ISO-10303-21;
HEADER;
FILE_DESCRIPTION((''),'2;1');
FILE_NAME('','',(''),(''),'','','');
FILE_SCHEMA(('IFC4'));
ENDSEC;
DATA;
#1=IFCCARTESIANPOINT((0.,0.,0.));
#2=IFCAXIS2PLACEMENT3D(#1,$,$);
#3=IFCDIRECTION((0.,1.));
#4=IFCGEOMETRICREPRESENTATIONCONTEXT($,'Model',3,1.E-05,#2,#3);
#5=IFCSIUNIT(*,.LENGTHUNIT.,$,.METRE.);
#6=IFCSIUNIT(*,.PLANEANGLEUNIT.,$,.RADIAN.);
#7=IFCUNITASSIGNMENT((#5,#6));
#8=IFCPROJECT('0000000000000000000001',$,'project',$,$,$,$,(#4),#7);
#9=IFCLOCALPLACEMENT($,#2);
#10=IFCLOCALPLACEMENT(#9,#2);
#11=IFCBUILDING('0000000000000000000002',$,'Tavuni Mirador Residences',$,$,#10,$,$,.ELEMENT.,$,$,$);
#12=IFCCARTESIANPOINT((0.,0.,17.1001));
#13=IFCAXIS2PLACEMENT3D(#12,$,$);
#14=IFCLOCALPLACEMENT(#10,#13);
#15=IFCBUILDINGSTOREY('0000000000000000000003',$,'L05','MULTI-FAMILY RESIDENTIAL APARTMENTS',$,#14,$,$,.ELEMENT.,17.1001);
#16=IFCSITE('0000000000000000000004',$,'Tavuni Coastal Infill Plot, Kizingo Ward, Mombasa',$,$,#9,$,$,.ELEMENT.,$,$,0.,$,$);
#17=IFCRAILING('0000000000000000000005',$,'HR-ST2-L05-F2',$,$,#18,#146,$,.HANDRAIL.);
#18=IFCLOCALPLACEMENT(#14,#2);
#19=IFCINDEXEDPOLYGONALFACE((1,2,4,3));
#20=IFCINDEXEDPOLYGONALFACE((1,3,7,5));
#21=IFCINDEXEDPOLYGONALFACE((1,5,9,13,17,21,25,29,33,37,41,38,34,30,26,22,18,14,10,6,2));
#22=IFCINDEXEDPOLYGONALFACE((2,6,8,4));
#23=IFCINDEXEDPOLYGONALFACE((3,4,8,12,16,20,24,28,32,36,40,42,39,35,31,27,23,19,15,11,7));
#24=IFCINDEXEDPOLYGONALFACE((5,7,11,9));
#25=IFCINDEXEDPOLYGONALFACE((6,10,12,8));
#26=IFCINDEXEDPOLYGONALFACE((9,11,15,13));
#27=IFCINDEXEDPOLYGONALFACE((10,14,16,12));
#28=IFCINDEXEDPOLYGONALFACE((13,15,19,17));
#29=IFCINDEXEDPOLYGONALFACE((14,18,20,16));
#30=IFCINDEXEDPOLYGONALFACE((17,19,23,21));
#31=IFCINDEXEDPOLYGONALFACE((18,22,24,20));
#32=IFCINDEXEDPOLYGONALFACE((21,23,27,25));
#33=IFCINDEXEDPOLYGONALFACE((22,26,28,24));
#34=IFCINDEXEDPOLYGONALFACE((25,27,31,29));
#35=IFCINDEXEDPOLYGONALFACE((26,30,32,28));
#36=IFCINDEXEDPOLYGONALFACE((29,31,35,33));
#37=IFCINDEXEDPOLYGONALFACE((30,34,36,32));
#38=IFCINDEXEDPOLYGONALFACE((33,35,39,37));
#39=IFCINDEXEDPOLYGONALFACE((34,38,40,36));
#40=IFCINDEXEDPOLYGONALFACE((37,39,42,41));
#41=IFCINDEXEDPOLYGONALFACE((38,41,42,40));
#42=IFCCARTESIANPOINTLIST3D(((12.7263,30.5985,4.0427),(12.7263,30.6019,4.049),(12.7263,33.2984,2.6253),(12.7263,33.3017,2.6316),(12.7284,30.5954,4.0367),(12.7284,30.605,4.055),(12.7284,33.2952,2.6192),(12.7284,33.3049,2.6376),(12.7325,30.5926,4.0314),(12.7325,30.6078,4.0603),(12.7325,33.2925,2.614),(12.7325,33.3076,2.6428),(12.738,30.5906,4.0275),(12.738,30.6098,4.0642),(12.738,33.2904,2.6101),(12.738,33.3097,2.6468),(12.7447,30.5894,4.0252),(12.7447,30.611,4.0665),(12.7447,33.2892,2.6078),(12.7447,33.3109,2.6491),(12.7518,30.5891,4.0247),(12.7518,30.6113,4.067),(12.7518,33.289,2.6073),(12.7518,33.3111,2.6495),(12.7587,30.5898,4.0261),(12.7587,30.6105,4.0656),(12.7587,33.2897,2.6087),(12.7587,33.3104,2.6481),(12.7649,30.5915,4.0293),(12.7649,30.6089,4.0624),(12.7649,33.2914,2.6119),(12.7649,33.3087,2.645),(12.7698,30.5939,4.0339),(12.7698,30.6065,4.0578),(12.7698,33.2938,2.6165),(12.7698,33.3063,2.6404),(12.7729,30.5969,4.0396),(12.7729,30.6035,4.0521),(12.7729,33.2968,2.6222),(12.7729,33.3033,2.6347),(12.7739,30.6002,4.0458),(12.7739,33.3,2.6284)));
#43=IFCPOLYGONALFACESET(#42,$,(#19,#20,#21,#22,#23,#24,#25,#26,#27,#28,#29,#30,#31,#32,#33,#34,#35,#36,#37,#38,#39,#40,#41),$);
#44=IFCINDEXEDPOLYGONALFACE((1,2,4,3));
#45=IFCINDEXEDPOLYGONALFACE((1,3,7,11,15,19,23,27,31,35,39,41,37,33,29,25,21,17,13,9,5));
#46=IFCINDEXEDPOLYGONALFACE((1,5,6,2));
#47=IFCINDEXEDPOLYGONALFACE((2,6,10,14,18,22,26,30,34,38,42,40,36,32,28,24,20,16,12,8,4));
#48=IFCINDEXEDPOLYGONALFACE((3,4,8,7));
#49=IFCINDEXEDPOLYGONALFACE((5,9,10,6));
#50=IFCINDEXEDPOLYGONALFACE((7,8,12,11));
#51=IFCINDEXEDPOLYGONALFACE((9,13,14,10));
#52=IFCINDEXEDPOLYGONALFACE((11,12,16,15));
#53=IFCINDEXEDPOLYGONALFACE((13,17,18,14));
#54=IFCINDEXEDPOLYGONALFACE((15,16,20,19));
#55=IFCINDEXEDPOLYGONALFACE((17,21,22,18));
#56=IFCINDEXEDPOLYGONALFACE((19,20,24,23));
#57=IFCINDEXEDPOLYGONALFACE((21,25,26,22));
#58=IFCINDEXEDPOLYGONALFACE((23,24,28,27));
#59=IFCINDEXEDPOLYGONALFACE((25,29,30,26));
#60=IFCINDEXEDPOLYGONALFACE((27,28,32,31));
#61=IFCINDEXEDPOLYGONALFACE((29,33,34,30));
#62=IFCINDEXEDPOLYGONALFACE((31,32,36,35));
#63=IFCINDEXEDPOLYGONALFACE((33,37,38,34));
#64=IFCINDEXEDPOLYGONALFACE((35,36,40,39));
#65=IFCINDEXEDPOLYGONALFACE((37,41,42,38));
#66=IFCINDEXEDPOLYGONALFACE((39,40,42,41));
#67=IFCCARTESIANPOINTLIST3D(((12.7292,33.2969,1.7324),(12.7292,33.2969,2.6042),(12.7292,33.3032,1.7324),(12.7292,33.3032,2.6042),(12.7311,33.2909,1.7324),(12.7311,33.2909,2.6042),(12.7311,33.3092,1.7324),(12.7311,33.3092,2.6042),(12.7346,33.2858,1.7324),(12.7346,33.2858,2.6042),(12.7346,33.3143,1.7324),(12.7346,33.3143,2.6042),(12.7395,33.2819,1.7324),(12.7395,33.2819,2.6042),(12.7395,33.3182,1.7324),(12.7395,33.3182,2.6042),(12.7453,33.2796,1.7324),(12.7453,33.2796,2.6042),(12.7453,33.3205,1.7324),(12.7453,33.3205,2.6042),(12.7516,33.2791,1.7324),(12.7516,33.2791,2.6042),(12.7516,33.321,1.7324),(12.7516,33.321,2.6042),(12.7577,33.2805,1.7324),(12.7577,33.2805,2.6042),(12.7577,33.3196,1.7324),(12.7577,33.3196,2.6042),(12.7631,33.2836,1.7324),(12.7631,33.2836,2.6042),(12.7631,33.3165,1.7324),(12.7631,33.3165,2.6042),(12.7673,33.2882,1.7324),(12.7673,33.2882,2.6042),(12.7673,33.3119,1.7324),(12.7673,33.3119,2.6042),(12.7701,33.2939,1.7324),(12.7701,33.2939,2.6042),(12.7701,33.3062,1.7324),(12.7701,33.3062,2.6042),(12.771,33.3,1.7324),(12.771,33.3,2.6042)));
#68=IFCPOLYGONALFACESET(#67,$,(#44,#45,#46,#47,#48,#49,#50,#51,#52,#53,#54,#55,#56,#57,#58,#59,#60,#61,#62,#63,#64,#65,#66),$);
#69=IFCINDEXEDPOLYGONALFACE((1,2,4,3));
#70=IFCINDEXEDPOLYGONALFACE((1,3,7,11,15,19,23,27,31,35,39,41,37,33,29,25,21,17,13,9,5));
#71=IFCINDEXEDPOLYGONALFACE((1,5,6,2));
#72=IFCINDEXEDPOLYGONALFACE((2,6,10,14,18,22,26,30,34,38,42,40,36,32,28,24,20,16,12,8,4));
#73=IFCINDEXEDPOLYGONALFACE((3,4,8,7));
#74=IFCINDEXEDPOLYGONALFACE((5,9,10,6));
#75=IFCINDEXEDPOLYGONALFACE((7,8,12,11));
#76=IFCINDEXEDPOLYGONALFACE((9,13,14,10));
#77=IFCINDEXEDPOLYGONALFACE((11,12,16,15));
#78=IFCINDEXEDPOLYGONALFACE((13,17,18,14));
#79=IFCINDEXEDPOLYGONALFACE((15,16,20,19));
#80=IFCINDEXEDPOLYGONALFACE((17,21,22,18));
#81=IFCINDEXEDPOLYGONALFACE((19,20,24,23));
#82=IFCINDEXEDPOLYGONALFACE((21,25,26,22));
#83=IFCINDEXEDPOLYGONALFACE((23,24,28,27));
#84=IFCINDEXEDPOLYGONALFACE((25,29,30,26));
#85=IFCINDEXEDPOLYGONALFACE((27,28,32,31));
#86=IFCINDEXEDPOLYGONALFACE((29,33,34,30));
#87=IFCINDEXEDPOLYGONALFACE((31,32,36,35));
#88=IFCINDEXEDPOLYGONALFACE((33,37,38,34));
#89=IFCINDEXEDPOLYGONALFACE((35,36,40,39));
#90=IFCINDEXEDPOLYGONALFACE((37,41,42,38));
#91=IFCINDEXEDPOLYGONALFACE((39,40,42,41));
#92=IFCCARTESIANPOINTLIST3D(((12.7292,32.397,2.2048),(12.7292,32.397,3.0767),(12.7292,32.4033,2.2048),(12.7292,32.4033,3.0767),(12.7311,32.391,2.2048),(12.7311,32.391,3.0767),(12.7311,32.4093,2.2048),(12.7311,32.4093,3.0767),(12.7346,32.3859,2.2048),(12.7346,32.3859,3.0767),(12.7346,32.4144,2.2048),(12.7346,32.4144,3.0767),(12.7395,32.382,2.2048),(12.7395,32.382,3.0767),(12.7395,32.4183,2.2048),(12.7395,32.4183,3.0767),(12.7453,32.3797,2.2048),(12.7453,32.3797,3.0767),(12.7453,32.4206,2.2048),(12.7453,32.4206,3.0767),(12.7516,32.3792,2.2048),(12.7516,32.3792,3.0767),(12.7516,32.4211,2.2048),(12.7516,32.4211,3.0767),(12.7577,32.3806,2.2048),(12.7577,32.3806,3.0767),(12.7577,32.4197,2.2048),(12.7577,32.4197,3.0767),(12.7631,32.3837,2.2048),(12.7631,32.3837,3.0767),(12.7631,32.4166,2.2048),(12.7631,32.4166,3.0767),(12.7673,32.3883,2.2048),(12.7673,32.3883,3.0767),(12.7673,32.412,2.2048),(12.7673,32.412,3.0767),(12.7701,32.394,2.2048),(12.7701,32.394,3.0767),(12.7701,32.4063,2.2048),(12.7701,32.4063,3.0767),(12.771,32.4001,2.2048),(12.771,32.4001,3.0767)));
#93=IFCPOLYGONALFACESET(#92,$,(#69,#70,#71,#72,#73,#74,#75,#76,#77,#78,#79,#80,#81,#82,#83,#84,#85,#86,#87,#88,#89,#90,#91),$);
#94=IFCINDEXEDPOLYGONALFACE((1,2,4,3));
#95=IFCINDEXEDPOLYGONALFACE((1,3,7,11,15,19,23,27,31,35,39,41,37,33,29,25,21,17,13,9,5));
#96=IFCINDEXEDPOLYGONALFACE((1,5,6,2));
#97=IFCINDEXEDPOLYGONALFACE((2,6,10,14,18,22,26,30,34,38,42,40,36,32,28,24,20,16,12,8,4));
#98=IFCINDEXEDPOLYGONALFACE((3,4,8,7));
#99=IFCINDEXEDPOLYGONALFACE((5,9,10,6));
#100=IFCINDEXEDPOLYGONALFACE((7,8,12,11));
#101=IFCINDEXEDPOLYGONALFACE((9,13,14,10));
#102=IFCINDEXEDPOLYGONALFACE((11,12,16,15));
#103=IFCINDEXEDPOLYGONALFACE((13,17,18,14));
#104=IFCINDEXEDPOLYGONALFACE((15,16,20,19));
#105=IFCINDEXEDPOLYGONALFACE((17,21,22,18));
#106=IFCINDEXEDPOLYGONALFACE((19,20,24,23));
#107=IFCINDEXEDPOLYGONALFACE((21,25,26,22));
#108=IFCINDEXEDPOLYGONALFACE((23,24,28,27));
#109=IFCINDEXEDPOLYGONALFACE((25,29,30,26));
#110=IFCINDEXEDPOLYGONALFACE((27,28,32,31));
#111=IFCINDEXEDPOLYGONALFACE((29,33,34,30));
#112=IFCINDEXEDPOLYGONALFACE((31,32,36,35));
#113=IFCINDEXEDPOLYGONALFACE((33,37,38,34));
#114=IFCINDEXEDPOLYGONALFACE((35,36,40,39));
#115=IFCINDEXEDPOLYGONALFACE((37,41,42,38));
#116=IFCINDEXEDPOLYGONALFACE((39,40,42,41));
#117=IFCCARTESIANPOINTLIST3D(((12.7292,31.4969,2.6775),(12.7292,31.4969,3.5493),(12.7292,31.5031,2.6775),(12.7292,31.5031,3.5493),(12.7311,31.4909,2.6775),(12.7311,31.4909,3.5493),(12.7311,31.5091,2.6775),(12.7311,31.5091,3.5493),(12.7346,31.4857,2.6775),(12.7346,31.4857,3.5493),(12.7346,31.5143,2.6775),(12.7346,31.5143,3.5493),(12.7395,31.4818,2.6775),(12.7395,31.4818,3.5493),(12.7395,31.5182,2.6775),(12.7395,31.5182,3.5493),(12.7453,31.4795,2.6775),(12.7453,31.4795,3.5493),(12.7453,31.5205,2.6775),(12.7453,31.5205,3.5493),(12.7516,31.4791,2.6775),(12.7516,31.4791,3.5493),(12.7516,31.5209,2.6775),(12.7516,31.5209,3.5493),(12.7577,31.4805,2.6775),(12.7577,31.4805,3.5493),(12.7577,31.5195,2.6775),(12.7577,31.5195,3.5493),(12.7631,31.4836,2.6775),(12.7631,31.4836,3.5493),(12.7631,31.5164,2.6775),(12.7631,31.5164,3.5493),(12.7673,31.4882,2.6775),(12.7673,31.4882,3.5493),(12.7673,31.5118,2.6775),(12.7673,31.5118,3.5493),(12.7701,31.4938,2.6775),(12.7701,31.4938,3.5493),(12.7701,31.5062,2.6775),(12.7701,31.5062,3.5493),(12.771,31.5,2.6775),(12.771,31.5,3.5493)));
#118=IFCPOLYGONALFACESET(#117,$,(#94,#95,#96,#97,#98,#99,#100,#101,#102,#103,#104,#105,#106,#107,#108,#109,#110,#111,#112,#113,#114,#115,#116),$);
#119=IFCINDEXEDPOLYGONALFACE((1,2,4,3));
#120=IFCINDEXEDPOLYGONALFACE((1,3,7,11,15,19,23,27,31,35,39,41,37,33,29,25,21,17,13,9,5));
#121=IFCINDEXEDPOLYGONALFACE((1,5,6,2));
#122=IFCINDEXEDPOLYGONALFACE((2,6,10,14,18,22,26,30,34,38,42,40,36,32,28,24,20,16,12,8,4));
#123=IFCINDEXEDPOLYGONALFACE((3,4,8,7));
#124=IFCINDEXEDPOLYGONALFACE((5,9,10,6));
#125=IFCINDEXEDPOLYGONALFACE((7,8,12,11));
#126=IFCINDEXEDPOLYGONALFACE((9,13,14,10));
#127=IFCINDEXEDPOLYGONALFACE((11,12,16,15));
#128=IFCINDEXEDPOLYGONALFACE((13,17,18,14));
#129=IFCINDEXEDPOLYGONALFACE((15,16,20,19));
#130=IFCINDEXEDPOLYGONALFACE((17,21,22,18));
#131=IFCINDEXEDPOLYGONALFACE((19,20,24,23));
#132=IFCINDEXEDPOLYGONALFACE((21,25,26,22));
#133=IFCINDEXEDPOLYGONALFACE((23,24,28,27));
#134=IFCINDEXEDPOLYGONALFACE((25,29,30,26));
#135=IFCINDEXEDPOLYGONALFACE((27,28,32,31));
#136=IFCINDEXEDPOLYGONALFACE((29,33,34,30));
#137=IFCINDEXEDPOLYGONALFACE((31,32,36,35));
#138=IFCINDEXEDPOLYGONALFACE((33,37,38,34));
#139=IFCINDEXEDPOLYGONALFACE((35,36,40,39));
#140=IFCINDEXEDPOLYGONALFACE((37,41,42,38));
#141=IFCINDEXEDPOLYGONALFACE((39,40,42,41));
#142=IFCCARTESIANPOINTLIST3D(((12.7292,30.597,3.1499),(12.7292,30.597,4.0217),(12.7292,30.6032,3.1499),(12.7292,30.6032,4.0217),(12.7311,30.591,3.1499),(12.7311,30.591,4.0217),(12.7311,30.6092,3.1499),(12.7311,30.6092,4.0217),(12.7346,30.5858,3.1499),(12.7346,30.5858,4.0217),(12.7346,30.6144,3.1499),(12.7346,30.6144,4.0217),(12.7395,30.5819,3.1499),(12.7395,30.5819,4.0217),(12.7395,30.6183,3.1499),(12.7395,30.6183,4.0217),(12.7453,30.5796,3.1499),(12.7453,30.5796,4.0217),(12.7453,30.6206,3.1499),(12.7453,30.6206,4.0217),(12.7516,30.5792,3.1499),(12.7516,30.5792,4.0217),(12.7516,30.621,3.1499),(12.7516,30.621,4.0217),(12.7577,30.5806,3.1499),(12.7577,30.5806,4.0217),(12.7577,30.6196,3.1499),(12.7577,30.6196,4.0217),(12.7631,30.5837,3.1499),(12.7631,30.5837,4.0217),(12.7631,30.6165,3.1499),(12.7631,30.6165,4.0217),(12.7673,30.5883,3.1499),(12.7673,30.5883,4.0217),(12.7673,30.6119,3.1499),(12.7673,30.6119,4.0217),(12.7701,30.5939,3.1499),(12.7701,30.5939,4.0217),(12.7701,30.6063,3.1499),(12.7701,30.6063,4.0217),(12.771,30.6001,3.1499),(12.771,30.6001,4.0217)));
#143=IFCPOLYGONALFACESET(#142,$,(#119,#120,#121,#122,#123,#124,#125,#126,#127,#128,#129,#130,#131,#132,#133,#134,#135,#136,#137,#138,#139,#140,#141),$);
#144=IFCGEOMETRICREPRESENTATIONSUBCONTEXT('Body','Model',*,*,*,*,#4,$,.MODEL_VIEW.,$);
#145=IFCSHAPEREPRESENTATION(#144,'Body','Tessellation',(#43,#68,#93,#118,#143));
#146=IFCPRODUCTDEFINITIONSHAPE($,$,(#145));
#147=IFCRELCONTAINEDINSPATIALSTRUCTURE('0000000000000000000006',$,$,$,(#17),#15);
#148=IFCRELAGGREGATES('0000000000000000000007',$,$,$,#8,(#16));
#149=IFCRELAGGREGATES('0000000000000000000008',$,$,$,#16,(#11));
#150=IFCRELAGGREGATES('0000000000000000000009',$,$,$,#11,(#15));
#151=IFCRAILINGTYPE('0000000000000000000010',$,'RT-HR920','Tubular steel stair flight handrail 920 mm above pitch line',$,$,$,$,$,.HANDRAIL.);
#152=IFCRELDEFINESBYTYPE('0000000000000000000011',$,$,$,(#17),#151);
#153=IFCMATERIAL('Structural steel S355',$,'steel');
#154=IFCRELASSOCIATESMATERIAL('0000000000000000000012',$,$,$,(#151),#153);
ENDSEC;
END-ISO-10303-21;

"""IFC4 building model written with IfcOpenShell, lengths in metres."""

from ifc_helpers import new_model, si_unit, direction, frame, origin, origin_2d, place, context, subcontext, project, spatial, circle, extrude, material, type_object, element, save


model = new_model("IFC4")

# Units and contexts
model_context = context("Model", 3, precision=1e-05, world=origin(), true_north=direction((0.0, 1.0)))
body_context = subcontext(model_context, "Body", "Model", "MODEL_VIEW")
ifc_project = project(units=[si_unit("LENGTHUNIT", "METRE"), si_unit("PLANEANGLEUNIT", "RADIAN")], contexts=[model_context])

# Site, building, storey
site_placement = place(None, origin())
site = spatial("IfcSite", under=ifc_project, at=site_placement, Name="Tavuni Coastal Infill Plot, Kizingo Ward, Mombasa", CompositionType="ELEMENT", RefElevation=0.0)
building_placement = place(site_placement, origin())
building = spatial("IfcBuilding", under=site, at=building_placement, Name="Tavuni Mirador Residences", CompositionType="ELEMENT")
storey_placement = place(building_placement, frame((0.0, 0.0, 17.1001)))
storey = spatial("IfcBuildingStorey", under=building, at=storey_placement, Name="L05", Description="MULTI-FAMILY RESIDENTIAL APARTMENTS", CompositionType="ELEMENT", Elevation=17.1001)

# Shared definitions
ifc_material_1 = material(Name="Structural steel S355", Category="steel")

# Railing
railing_type_1 = type_object("IfcRailingType", Name="RT-HR920", Description="Tubular steel stair flight handrail 920 mm above pitch line", PredefinedType="HANDRAIL", material=ifc_material_1)
railing_1_placement = place(storey_placement, frame((12.75, 33.3, 1.7324)))
element("IfcRailing", 1, at=railing_1_placement, inside=storey, type_object=railing_type_1, Name="HR-ST2-L05-F2", PredefinedType="HANDRAIL", context=body_context, shape_type="SweptSolid", body=[
    extrude(circle(Radius=0.0239, at=origin_2d()), frame((0.0, 0.0, 0.896), z_axis=(0.0, -0.885397, 0.464835), x_axis=(1.0, 0.0, 0.0)), (0.0, 0.0, 1.0), 3.0493),
    extrude(circle(Radius=0.021, at=origin_2d()), origin(), (0.0, 0.0, 1.0), 0.8718),
    extrude(circle(Radius=0.021, at=origin_2d()), frame((0.0, -0.8999, 0.4724)), (0.0, 0.0, 1.0), 0.8718),
    extrude(circle(Radius=0.021, at=origin_2d()), frame((0.0, -1.8, 0.9451)), (0.0, 0.0, 1.0), 0.8718),
    extrude(circle(Radius=0.021, at=origin_2d()), frame((0.0, -2.7, 1.4175)), (0.0, 0.0, 1.0), 0.8718),
])

save(model, "model.ifc")
